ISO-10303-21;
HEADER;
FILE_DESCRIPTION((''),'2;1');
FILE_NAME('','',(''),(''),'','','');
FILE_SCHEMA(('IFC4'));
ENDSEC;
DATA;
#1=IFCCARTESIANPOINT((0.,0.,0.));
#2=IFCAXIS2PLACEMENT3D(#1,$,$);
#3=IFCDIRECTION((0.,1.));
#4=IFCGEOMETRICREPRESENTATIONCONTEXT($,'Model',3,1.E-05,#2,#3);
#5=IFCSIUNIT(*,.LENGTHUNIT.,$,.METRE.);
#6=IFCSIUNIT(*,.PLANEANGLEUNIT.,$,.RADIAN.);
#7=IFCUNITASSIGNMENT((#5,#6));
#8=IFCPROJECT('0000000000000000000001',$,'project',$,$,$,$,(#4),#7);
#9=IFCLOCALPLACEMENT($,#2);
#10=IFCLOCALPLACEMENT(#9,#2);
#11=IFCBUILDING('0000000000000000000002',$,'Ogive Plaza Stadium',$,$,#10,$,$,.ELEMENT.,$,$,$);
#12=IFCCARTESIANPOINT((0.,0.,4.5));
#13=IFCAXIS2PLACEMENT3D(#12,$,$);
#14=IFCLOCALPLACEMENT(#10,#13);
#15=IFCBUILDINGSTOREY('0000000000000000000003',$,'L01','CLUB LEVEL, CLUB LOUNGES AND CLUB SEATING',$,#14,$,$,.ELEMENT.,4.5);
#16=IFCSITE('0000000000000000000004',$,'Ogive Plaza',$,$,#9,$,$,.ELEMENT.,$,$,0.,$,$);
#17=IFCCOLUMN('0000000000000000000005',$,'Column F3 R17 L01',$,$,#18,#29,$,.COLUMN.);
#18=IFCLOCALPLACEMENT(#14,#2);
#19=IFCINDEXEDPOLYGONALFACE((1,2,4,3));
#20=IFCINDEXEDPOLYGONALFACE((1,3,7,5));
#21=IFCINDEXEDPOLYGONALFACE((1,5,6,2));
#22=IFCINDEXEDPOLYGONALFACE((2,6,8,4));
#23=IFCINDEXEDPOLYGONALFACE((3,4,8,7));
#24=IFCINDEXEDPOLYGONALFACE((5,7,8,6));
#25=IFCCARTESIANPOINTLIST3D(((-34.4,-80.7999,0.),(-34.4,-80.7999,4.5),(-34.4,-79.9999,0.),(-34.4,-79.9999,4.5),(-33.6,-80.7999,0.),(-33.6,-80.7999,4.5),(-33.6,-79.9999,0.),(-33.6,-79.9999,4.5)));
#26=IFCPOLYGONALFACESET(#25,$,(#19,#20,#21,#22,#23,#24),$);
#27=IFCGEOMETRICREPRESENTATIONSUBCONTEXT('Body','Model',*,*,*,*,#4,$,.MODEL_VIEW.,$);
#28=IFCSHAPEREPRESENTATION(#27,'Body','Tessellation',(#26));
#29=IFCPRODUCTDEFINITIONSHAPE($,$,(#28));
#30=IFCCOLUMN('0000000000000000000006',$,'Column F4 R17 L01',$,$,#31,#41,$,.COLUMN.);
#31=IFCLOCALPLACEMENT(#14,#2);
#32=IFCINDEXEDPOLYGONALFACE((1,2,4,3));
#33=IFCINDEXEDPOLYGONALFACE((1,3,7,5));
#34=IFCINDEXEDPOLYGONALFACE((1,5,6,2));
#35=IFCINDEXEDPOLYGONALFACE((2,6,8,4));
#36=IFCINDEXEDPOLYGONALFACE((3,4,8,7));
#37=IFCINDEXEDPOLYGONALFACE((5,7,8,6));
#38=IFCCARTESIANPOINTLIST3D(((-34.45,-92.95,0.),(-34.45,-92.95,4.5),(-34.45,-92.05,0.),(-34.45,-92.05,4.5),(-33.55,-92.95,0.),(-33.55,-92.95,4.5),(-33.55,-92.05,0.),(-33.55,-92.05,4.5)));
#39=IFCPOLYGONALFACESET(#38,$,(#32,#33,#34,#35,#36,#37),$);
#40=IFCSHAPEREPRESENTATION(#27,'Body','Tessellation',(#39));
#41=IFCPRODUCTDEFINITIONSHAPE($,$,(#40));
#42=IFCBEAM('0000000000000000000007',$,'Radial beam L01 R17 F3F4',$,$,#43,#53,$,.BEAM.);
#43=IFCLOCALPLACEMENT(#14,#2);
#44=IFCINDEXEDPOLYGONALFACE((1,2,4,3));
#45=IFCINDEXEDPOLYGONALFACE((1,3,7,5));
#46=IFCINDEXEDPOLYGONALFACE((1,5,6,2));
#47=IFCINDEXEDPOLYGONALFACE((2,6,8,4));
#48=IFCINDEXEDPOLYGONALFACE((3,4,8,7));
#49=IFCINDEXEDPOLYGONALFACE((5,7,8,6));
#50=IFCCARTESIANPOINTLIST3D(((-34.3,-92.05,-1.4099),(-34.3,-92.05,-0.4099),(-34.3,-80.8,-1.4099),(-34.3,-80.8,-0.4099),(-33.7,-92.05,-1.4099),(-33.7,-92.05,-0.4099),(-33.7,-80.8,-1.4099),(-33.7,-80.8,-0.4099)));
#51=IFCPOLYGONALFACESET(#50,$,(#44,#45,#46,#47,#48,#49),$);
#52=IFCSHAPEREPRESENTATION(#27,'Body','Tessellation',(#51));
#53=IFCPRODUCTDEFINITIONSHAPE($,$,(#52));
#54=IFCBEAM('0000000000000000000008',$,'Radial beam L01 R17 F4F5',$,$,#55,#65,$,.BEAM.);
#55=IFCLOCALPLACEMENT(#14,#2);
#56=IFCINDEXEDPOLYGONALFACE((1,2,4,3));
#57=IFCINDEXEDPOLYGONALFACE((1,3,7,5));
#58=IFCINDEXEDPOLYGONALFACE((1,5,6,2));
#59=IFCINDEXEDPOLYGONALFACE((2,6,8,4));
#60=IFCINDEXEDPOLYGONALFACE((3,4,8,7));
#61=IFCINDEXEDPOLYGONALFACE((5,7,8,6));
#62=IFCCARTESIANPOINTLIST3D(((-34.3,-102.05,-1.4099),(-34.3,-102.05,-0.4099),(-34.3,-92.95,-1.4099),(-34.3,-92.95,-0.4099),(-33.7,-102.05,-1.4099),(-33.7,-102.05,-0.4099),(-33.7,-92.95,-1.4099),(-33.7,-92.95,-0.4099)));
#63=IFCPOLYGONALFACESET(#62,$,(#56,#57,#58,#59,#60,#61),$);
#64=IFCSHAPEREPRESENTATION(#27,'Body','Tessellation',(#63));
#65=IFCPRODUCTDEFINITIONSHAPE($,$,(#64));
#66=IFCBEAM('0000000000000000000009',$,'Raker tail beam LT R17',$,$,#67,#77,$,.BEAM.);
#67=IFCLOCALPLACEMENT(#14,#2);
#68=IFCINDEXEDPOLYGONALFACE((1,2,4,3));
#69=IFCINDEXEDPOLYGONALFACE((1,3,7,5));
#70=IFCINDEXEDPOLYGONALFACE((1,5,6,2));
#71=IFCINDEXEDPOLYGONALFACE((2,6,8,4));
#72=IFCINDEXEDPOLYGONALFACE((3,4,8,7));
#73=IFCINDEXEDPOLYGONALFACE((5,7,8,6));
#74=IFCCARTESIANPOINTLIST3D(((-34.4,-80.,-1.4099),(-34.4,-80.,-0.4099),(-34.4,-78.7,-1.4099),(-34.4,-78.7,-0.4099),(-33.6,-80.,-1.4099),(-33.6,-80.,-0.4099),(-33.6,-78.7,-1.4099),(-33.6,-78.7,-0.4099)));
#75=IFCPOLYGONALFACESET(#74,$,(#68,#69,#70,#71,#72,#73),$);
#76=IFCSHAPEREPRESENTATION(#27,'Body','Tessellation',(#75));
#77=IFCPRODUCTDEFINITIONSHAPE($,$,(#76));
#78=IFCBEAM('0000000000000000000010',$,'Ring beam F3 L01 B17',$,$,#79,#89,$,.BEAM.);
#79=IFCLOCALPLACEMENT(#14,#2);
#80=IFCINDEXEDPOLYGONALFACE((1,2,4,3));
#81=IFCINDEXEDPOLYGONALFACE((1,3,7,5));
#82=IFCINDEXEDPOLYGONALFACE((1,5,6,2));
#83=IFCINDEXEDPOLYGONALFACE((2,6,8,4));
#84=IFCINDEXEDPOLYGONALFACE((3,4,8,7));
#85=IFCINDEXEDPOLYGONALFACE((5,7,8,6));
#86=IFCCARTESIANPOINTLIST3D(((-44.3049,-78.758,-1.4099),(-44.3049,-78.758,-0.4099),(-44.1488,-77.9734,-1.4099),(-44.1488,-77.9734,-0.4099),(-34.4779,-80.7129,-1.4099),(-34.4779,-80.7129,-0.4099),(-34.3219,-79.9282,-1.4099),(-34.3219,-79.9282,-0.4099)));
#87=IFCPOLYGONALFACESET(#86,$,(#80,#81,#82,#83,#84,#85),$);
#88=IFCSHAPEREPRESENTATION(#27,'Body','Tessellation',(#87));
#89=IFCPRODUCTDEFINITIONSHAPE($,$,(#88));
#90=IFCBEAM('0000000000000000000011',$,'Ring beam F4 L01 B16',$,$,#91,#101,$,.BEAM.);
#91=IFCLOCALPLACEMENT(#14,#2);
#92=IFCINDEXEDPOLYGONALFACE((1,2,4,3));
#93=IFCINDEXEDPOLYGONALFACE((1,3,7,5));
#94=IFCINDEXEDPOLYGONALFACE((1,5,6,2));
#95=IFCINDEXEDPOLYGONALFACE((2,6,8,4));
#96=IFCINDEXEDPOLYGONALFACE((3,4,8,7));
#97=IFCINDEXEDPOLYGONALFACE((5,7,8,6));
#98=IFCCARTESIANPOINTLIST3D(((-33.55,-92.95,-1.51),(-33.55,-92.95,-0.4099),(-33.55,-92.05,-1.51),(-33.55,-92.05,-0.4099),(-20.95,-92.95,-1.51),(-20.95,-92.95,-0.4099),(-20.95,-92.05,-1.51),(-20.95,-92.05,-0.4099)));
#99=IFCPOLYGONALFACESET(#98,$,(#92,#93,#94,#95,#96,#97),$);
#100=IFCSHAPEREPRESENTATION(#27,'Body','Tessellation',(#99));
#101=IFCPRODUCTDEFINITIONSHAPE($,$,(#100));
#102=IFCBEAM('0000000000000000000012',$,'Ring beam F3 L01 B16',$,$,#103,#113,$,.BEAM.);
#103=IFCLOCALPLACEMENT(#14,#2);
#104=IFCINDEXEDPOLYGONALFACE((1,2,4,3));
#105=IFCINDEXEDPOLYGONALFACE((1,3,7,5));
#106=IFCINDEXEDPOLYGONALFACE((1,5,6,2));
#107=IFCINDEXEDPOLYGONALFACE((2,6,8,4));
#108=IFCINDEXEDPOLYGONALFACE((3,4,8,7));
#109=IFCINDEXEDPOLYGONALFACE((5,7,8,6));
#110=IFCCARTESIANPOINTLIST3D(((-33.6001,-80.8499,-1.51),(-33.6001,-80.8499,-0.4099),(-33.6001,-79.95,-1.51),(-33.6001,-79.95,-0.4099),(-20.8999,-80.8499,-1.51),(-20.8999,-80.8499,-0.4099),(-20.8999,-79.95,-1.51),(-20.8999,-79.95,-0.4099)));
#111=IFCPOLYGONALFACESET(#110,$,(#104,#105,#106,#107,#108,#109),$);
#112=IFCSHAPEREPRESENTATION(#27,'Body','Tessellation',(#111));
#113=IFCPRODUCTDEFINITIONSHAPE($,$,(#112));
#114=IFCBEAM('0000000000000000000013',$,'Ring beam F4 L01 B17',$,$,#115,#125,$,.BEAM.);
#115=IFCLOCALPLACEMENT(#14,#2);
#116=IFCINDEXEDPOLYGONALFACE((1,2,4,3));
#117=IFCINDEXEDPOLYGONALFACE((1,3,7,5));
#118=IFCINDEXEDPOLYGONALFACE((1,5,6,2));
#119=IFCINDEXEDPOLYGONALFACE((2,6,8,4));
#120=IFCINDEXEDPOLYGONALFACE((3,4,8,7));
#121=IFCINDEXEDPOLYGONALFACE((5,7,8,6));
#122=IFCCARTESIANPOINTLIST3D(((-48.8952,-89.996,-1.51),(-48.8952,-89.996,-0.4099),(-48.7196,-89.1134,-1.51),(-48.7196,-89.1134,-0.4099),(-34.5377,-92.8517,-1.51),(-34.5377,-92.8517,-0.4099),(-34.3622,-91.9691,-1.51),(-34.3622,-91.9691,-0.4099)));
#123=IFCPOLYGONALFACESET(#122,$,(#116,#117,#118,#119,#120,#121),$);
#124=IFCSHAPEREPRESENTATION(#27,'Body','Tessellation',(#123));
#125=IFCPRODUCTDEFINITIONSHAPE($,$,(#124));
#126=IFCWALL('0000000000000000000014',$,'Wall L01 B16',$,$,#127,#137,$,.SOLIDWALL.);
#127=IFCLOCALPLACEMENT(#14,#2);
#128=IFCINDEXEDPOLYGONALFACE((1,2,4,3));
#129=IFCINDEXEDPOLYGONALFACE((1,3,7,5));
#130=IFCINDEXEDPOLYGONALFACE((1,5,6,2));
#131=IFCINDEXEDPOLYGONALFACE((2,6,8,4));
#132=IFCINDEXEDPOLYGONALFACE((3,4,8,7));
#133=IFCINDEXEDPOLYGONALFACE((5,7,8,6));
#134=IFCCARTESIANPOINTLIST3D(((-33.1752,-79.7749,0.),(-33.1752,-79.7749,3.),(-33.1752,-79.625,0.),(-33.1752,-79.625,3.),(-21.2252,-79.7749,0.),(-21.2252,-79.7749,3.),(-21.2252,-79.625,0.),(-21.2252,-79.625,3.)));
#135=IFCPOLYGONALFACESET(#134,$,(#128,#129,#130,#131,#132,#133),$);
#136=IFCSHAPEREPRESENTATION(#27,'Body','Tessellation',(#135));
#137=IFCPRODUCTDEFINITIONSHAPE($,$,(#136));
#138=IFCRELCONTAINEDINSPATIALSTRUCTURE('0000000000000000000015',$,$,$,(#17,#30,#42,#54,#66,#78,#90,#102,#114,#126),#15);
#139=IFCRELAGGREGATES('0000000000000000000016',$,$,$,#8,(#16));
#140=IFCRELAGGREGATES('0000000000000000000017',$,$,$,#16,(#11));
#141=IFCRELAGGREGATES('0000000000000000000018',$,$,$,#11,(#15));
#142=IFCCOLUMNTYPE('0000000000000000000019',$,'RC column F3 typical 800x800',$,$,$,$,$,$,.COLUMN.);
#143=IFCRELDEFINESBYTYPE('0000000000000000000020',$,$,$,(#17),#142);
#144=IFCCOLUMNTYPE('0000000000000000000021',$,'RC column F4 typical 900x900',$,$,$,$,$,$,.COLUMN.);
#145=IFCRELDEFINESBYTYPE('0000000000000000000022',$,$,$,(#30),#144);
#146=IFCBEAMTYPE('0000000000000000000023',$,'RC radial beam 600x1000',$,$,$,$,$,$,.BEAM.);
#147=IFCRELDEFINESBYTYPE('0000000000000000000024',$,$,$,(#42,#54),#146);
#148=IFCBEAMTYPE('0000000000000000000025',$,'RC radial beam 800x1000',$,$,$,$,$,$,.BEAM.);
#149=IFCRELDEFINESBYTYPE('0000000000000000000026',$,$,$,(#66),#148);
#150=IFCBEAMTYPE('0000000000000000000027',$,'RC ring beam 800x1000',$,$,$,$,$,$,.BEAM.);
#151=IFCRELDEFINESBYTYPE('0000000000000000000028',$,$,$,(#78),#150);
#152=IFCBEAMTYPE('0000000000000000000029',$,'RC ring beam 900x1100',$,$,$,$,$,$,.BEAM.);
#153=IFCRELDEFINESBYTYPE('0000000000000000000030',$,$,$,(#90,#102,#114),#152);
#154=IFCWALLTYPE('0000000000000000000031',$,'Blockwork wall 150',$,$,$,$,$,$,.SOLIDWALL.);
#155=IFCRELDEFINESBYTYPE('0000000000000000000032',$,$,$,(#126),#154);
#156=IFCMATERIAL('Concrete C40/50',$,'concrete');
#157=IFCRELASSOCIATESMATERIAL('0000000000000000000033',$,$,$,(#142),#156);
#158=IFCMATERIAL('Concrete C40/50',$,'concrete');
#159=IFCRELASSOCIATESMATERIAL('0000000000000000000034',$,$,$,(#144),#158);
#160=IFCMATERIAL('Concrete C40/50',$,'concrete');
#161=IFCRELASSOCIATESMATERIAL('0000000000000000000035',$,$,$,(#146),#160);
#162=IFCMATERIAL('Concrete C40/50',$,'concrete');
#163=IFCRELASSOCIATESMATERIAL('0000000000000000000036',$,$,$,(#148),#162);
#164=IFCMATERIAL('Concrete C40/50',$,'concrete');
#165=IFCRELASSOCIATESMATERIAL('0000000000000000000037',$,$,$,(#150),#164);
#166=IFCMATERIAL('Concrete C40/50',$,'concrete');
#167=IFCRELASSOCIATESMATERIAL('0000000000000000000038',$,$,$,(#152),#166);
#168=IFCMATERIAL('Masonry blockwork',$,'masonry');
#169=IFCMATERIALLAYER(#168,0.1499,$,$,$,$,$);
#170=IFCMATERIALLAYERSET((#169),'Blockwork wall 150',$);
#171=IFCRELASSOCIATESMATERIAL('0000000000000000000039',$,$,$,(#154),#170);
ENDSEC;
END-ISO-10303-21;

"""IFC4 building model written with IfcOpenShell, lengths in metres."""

from ifc_helpers import new_model, si_unit, direction, frame, frame_2d, origin, origin_2d, place, context, subcontext, project, spatial, rectangle, extrude, material, layer, layer_set, material_profile, profile_set, type_object, element, save


model = new_model("IFC4")

# Units and contexts
model_context = context("Model", 3, precision=1e-05, world=origin(), true_north=direction((0.0, 1.0)))
body_context = subcontext(model_context, "Body", "Model", "MODEL_VIEW")
ifc_project = project(units=[si_unit("LENGTHUNIT", "METRE"), si_unit("PLANEANGLEUNIT", "RADIAN")], contexts=[model_context])

# Site, building, storey
site_placement = place(None, origin())
site = spatial("IfcSite", under=ifc_project, at=site_placement, Name="Ogive Plaza", CompositionType="ELEMENT", RefElevation=0.0)
building_placement = place(site_placement, origin())
building = spatial("IfcBuilding", under=site, at=building_placement, Name="Ogive Plaza Stadium", CompositionType="ELEMENT")
storey_placement = place(building_placement, frame((0.0, 0.0, 4.5)))
storey = spatial("IfcBuildingStorey", under=building, at=storey_placement, Name="L01", Description="CLUB LEVEL, CLUB LOUNGES AND CLUB SEATING", CompositionType="ELEMENT", Elevation=4.5)

# Columns
ifc_material_1 = material(Name="Concrete C40/50", Category="concrete")
ifc_material_profile_1 = material_profile(ifc_material_1, rectangle(XDim=0.8, YDim=0.8, at=origin_2d()), Name="RC 800x800")
ifc_profile_set_1 = profile_set([ifc_material_profile_1], Name="Concrete C40/50")
column_type_1 = type_object("IfcColumnType", Name="RC column F3 typical 800x800", PredefinedType="COLUMN", material=ifc_profile_set_1)
column_1_placement = place(storey_placement, frame((-34.0, -80.3999, 0.0), z_axis=(0.0, 0.0, 1.0), x_axis=(1.0, 0.0, 0.0)))
element("IfcColumn", 1, at=column_1_placement, inside=storey, type_object=column_type_1, Name="Column F3 R17 L01", PredefinedType="COLUMN", context=body_context, shape_type="SweptSolid", body=[
    extrude(rectangle(XDim=0.8, YDim=0.8, at=origin_2d()), origin(), (0.0, 0.0, 1.0), 4.5),
])
ifc_material_2 = material(Name="Concrete C40/50", Category="concrete")
ifc_material_profile_2 = material_profile(ifc_material_2, rectangle(XDim=0.8999, YDim=0.8999, at=origin_2d()), Name="RC 900x900")
ifc_profile_set_2 = profile_set([ifc_material_profile_2], Name="Concrete C40/50")
column_type_2 = type_object("IfcColumnType", Name="RC column F4 typical 900x900", PredefinedType="COLUMN", material=ifc_profile_set_2)
column_2_placement = place(storey_placement, frame((-34.0, -92.5, 0.0), z_axis=(0.0, 0.0, 1.0), x_axis=(1.0, 0.0, 0.0)))
element("IfcColumn", 2, at=column_2_placement, inside=storey, type_object=column_type_2, Name="Column F4 R17 L01", PredefinedType="COLUMN", context=body_context, shape_type="SweptSolid", body=[
    extrude(rectangle(XDim=0.8999, YDim=0.8999, at=origin_2d()), origin(), (0.0, 0.0, 1.0), 4.5),
])

# Beams
ifc_material_3 = material(Name="Concrete C40/50", Category="concrete")
ifc_material_profile_3 = material_profile(ifc_material_3, rectangle(XDim=0.6001, YDim=1.0, at=origin_2d()), Name="RC 600x1000")
ifc_profile_set_3 = profile_set([ifc_material_profile_3], Name="Concrete C40/50")
beam_type_1 = type_object("IfcBeamType", Name="RC radial beam 600x1000", PredefinedType="BEAM", material=ifc_profile_set_3)
beam_1_placement = place(storey_placement, frame((-34.0, -80.8, -0.9099), z_axis=(0.0, -1.0, 0.0), x_axis=(1.0, 0.0, 0.0)))
element("IfcBeam", 3, at=beam_1_placement, inside=storey, type_object=beam_type_1, Name="Radial beam L01 R17 F3F4", PredefinedType="BEAM", context=body_context, shape_type="SweptSolid", body=[
    extrude(rectangle(XDim=0.6001, YDim=1.0, at=origin_2d()), origin(), (0.0, 0.0, 1.0), 11.25),
])
beam_2_placement = place(storey_placement, frame((-34.0, -92.95, -0.9099), z_axis=(0.0, -1.0, 0.0), x_axis=(1.0, 0.0, 0.0)))
element("IfcBeam", 4, at=beam_2_placement, inside=storey, type_object=beam_type_1, Name="Radial beam L01 R17 F4F5", PredefinedType="BEAM", context=body_context, shape_type="SweptSolid", body=[
    extrude(rectangle(XDim=0.6001, YDim=1.0, at=origin_2d()), origin(), (0.0, 0.0, 1.0), 9.1001),
])
ifc_material_4 = material(Name="Concrete C40/50", Category="concrete")
ifc_material_profile_4 = material_profile(ifc_material_4, rectangle(XDim=0.8, YDim=1.0, at=origin_2d()), Name="RC 800x1000")
ifc_profile_set_4 = profile_set([ifc_material_profile_4], Name="Concrete C40/50")
beam_type_2 = type_object("IfcBeamType", Name="RC radial beam 800x1000", PredefinedType="BEAM", material=ifc_profile_set_4)
beam_3_placement = place(storey_placement, frame((-34.0, -78.7, -0.9099), z_axis=(0.0, -1.0, 0.0), x_axis=(1.0, 0.0, 0.0)))
element("IfcBeam", 5, at=beam_3_placement, inside=storey, type_object=beam_type_2, Name="Raker tail beam LT R17", PredefinedType="BEAM", context=body_context, shape_type="SweptSolid", body=[
    extrude(rectangle(XDim=0.8, YDim=1.0, at=origin_2d()), origin(), (0.0, 0.0, 1.0), 1.3),
])
ifc_material_5 = material(Name="Concrete C40/50", Category="concrete")
ifc_material_profile_5 = material_profile(ifc_material_5, rectangle(XDim=0.8, YDim=1.0, at=origin_2d()), Name="RC 800x1000")
ifc_profile_set_5 = profile_set([ifc_material_profile_5], Name="Concrete C40/50")
beam_type_3 = type_object("IfcBeamType", Name="RC ring beam 800x1000", PredefinedType="BEAM", material=ifc_profile_set_5)
beam_4_placement = place(storey_placement, frame((-34.3999, -80.3206, -0.9099), z_axis=(-0.980783, 0.195104, 0.0), x_axis=(-0.195104, -0.980783, 0.0)))
element("IfcBeam", 6, at=beam_4_placement, inside=storey, type_object=beam_type_3, Name="Ring beam F3 L01 B17", PredefinedType="BEAM", context=body_context, shape_type="SweptSolid", body=[
    extrude(rectangle(XDim=0.8, YDim=1.0, at=origin_2d()), origin(), (0.0, 0.0, 1.0), 10.0195),
])
ifc_material_6 = material(Name="Concrete C40/50", Category="concrete")
ifc_material_profile_6 = material_profile(ifc_material_6, rectangle(XDim=0.8999, YDim=1.1001, at=origin_2d()), Name="RC 900x1100")
ifc_profile_set_6 = profile_set([ifc_material_profile_6], Name="Concrete C40/50")
beam_type_4 = type_object("IfcBeamType", Name="RC ring beam 900x1100", PredefinedType="BEAM", material=ifc_profile_set_6)
beam_5_placement = place(storey_placement, frame((-20.95, -92.5, -0.96), z_axis=(-1.0, 0.0, 0.0), x_axis=(0.0, -1.0, 0.0)))
element("IfcBeam", 7, at=beam_5_placement, inside=storey, type_object=beam_type_4, Name="Ring beam F4 L01 B16", PredefinedType="BEAM", context=body_context, shape_type="SweptSolid", body=[
    extrude(rectangle(XDim=0.8999, YDim=1.1001, at=origin_2d()), origin(), (0.0, 0.0, 1.0), 12.6001),
])
beam_6_placement = place(storey_placement, frame((-20.8999, -80.3999, -0.96), z_axis=(-1.0, 0.0, 0.0), x_axis=(0.0, -1.0, 0.0)))
element("IfcBeam", 8, at=beam_6_placement, inside=storey, type_object=beam_type_4, Name="Ring beam F3 L01 B16", PredefinedType="BEAM", context=body_context, shape_type="SweptSolid", body=[
    extrude(rectangle(XDim=0.8999, YDim=1.1001, at=origin_2d()), origin(), (0.0, 0.0, 1.0), 12.7002),
])
beam_7_placement = place(storey_placement, frame((-34.45, -92.4104, -0.96), z_axis=(-0.980787, 0.19508, 0.0), x_axis=(-0.19508, -0.980787, 0.0)))
element("IfcBeam", 9, at=beam_7_placement, inside=storey, type_object=beam_type_4, Name="Ring beam F4 L01 B17", PredefinedType="BEAM", context=body_context, shape_type="SweptSolid", body=[
    extrude(rectangle(XDim=0.8999, YDim=1.1001, at=origin_2d()), origin(), (0.0, 0.0, 1.0), 14.6387),
])

# Wall
ifc_material_7 = material(Name="Masonry blockwork", Category="masonry")
ifc_layer_1 = layer(ifc_material_7, 0.1499)
ifc_layer_set_1 = layer_set([ifc_layer_1], Name="Blockwork wall 150")
wall_type_1 = type_object("IfcWallType", Name="Blockwork wall 150", PredefinedType="SOLIDWALL", material=ifc_layer_set_1)
wall_1_placement = place(storey_placement, frame((-21.2251, -79.7, 0.0), z_axis=(0.0, 0.0, 1.0), x_axis=(-1.0, 0.0, 0.0)))
element("IfcWall", 10, at=wall_1_placement, inside=storey, type_object=wall_type_1, Name="Wall L01 B16", PredefinedType="SOLIDWALL", context=body_context, shape_type="SweptSolid", body=[
    extrude(rectangle(XDim=11.95, YDim=0.1499, at=frame_2d((5.9751, 0.0))), origin(), (0.0, 0.0, 1.0), 3.0),
])

save(model, "model.ifc")
